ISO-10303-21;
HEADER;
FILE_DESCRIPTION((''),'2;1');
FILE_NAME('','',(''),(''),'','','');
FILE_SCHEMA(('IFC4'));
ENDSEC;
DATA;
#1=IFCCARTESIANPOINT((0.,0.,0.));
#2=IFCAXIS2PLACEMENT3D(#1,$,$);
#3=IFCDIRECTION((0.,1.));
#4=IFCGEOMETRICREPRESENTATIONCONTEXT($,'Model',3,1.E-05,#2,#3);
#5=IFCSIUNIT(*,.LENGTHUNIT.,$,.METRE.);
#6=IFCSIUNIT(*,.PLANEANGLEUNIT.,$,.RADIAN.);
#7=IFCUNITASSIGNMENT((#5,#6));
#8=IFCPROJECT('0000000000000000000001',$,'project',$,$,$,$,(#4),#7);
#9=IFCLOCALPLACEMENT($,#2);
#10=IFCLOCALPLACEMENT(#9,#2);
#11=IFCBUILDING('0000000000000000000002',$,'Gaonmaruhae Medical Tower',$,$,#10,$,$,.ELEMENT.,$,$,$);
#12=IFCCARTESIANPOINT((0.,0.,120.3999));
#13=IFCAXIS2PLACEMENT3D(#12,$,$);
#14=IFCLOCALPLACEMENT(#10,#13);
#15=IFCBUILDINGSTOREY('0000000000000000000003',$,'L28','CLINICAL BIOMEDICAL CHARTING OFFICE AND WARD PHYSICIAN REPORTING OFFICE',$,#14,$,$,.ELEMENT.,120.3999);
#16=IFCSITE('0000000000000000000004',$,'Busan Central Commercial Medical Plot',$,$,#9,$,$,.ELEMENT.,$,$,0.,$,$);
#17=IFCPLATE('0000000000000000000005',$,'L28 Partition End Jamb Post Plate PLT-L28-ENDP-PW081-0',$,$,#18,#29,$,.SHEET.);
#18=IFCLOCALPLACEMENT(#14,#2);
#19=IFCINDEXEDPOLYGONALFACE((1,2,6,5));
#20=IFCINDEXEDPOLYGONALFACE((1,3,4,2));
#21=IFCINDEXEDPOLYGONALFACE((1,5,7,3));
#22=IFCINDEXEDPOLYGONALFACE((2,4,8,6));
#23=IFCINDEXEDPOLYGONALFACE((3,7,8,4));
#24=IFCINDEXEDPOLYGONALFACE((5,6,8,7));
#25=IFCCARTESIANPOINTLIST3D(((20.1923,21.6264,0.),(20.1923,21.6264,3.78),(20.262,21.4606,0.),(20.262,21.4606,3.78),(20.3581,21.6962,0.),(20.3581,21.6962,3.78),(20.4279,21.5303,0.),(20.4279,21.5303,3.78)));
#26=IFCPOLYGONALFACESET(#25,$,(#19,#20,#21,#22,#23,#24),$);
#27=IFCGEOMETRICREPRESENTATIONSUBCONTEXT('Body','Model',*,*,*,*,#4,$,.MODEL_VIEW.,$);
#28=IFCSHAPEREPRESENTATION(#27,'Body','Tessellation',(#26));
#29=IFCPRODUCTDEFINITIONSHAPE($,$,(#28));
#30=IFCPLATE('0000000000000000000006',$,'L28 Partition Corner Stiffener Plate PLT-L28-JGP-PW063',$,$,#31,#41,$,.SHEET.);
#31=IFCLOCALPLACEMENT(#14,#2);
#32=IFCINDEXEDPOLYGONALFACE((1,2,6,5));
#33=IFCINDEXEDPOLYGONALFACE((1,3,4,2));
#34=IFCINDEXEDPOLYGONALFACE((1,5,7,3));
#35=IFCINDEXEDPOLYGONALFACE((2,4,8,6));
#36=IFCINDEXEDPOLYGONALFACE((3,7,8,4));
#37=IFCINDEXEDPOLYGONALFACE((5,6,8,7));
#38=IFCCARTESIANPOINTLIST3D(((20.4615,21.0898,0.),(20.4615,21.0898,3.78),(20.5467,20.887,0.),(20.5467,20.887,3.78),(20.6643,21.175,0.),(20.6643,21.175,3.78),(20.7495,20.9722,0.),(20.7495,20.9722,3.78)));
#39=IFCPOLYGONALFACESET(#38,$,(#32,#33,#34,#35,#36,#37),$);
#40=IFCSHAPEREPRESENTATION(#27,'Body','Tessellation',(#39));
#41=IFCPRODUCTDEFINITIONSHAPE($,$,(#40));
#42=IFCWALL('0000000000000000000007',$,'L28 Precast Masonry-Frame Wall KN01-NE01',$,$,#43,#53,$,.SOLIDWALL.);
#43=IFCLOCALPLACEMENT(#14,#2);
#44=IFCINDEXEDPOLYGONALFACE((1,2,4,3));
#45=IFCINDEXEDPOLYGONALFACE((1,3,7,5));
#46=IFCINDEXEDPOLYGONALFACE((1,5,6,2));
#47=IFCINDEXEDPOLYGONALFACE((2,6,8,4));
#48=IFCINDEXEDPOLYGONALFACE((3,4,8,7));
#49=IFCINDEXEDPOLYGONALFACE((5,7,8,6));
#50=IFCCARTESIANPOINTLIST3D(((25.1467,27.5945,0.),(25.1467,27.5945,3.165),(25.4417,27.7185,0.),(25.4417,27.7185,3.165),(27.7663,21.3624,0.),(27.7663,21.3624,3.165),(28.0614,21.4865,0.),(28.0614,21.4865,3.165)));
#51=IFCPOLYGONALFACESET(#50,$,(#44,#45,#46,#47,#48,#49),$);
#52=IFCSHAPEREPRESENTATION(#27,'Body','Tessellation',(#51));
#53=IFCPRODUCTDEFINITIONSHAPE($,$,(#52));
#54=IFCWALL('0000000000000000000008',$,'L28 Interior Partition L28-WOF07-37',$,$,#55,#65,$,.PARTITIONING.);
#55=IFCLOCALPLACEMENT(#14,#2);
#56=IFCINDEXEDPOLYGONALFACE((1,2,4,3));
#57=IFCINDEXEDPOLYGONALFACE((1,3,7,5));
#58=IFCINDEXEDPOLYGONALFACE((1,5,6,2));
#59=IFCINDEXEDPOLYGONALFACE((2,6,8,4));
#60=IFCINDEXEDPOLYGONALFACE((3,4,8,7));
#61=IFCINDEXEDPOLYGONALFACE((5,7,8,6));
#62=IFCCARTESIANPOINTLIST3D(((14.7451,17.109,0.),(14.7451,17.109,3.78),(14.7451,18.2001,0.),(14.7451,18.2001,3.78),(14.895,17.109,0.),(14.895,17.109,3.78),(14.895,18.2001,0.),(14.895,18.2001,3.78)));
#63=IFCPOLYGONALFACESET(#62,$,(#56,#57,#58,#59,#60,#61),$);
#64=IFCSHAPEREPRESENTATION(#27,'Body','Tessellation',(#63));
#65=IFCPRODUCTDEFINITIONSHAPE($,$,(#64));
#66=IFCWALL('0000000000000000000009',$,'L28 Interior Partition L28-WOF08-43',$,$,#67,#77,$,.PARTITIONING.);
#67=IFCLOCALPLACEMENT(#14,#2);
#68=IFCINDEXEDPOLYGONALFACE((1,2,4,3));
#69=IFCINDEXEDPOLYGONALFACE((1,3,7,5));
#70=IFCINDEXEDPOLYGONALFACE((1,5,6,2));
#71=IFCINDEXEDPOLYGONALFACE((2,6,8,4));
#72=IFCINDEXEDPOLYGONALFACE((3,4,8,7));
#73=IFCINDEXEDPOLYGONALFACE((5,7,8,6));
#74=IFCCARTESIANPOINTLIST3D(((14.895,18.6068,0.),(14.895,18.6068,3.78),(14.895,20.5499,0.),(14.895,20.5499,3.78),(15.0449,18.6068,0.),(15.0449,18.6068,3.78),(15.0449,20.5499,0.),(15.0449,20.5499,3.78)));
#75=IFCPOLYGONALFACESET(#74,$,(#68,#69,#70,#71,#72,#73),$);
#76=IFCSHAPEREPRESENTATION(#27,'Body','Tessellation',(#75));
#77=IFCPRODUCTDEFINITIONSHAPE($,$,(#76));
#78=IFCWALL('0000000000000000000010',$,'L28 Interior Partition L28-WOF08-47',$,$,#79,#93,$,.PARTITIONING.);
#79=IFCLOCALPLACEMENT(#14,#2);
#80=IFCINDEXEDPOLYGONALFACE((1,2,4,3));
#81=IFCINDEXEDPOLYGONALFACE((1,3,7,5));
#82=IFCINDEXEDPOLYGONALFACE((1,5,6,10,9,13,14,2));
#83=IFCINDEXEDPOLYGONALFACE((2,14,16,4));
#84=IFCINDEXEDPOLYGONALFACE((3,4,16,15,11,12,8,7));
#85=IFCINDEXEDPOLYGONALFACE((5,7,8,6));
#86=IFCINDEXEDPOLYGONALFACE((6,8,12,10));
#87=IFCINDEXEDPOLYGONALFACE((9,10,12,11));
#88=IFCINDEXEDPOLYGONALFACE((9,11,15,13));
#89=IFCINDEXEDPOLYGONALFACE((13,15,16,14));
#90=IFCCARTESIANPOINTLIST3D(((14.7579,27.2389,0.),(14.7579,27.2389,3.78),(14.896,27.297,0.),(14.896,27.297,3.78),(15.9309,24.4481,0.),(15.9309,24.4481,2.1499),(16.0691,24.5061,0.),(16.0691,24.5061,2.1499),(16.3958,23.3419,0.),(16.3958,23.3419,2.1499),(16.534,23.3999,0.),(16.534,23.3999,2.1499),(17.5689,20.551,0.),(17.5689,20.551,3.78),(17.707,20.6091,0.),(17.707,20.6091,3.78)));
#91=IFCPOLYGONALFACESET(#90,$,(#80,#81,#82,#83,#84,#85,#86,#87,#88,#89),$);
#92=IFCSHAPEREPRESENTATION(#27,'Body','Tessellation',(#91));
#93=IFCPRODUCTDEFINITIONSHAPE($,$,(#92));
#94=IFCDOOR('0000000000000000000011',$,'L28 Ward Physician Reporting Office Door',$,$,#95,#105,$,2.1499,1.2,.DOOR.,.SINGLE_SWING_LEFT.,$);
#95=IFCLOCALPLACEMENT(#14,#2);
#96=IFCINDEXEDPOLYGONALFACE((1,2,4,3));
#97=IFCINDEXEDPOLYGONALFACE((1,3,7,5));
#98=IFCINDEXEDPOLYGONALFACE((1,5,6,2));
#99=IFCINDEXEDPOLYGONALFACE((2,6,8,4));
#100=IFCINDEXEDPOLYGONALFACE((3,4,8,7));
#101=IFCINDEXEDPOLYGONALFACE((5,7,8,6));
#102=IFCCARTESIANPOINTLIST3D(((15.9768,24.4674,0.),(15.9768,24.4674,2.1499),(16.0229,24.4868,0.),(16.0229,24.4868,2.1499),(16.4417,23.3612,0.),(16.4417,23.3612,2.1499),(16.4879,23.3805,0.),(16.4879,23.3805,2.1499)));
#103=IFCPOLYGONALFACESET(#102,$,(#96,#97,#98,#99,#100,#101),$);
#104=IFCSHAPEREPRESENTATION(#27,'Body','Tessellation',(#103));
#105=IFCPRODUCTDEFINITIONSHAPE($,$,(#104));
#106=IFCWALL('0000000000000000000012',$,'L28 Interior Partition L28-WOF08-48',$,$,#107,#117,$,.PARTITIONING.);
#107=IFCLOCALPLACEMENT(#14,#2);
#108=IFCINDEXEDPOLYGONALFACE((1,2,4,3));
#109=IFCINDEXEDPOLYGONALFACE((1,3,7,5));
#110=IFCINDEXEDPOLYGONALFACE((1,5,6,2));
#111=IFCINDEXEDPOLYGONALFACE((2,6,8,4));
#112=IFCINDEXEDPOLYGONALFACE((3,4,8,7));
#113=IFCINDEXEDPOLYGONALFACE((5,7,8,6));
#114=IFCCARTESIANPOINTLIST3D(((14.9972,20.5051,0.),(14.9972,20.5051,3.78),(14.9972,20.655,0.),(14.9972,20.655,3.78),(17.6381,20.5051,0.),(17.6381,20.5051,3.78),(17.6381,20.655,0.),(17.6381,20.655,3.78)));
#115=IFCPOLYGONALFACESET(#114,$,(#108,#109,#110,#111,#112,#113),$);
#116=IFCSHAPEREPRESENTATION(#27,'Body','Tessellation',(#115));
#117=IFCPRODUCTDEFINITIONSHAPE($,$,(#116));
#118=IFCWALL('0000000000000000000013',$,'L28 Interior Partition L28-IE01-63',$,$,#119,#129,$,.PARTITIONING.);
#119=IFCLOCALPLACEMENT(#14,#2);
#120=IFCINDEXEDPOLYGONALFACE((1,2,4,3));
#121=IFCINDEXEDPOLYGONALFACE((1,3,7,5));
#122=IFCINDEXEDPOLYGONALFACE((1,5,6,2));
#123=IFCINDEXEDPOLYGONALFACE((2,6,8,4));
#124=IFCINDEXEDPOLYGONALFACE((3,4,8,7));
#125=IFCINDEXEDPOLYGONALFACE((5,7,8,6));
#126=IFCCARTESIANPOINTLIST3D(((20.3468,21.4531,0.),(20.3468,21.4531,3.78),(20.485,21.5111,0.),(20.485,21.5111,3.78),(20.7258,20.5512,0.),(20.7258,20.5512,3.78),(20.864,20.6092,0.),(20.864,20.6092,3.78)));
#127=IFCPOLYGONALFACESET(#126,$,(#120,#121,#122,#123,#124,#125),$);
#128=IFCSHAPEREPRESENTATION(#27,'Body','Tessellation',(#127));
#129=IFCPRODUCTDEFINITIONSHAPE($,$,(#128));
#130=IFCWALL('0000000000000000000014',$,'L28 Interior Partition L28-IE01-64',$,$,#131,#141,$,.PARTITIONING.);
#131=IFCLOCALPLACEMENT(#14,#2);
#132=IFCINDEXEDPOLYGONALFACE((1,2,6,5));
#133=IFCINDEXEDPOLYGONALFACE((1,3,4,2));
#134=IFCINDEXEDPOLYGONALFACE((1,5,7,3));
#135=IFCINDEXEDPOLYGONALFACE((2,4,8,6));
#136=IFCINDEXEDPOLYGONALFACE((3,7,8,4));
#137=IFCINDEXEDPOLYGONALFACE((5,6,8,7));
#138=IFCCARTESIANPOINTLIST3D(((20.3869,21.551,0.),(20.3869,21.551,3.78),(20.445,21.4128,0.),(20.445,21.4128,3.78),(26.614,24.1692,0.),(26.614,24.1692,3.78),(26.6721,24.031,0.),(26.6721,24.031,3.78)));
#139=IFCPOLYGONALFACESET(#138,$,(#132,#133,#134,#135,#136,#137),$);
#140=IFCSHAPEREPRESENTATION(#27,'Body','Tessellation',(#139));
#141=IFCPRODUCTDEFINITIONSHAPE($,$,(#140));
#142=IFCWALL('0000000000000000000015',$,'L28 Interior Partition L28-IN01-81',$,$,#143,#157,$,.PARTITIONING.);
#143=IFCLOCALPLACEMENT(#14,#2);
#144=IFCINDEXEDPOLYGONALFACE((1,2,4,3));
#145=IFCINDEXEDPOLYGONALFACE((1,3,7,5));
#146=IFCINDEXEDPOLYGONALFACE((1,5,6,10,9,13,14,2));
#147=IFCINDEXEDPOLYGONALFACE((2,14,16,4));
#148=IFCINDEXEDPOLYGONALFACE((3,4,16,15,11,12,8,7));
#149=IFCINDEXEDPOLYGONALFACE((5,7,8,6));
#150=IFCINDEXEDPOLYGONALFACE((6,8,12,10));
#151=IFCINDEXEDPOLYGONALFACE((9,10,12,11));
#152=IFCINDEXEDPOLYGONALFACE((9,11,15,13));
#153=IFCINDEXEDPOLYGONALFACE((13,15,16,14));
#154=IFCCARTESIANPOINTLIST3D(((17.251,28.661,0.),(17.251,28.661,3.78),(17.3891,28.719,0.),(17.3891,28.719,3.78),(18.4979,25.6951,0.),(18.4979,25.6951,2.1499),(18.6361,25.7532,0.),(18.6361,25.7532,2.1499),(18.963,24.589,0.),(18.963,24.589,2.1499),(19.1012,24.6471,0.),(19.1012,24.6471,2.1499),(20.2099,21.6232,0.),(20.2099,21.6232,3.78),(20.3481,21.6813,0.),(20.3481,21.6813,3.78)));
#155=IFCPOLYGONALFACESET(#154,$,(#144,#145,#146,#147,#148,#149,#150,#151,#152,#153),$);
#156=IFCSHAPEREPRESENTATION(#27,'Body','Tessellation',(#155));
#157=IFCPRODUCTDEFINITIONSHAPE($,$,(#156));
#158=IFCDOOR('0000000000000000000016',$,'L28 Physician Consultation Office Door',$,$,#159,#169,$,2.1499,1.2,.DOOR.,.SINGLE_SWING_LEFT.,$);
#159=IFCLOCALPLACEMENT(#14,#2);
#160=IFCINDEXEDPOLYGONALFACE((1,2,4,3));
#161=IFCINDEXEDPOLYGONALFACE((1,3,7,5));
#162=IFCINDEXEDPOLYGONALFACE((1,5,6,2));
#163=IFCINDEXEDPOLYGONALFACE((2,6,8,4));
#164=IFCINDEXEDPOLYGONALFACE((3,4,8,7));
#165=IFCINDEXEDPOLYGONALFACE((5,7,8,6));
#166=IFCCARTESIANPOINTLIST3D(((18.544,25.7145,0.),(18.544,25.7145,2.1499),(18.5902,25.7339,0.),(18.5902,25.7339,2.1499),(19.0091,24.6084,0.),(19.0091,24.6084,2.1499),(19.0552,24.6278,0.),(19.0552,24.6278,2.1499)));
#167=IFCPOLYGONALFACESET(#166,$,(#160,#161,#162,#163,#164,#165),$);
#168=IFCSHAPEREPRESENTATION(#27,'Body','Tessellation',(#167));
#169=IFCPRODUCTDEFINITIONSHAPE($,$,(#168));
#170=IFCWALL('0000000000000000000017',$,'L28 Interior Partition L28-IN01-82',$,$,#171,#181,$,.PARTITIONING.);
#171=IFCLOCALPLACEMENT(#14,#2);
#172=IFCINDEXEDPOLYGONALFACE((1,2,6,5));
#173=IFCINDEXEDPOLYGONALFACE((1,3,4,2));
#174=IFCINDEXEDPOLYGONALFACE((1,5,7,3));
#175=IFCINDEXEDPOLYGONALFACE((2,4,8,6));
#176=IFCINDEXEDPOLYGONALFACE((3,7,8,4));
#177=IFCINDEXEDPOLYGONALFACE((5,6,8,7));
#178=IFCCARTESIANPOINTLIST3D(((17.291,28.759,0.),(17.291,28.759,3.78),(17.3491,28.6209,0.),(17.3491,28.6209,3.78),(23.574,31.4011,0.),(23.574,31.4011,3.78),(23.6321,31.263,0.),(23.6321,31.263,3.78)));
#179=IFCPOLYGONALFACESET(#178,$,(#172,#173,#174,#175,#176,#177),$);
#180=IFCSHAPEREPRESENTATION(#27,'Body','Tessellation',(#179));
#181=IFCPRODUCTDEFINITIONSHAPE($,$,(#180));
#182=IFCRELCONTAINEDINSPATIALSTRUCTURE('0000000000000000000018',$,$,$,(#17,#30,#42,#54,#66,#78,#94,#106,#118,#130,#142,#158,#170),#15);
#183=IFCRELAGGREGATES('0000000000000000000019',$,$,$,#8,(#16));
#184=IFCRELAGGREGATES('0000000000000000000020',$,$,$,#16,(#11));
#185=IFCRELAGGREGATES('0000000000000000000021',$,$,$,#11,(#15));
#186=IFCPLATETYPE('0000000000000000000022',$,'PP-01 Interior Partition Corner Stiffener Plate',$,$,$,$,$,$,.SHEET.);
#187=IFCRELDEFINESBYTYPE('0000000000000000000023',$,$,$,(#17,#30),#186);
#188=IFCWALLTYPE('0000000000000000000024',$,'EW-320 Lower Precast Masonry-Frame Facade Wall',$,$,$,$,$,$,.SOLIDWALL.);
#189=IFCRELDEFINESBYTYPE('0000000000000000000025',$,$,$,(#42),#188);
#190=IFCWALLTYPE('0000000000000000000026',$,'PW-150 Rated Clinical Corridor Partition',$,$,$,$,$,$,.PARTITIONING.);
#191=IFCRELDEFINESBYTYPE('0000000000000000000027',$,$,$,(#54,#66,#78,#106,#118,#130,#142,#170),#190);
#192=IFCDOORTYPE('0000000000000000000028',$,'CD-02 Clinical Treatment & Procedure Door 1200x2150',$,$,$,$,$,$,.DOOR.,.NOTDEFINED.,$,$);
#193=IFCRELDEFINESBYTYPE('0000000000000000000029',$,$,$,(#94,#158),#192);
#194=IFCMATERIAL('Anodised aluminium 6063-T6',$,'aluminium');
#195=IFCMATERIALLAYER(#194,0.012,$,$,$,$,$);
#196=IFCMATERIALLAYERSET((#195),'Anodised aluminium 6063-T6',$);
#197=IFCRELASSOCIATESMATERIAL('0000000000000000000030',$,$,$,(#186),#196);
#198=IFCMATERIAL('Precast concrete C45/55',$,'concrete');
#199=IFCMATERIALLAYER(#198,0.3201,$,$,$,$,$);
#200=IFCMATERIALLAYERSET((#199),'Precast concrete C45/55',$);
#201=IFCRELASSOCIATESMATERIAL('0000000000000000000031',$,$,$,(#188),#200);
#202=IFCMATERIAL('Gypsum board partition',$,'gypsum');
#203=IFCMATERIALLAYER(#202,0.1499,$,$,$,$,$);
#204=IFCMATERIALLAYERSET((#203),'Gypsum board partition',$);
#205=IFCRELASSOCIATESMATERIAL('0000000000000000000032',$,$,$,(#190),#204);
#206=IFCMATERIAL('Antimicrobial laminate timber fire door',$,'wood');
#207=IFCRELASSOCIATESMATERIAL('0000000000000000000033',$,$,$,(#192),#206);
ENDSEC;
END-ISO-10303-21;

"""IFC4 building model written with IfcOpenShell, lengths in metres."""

from ifc_helpers import new_model, si_unit, direction, frame, frame_2d, origin, origin_2d, place, context, subcontext, project, spatial, rectangle, extrude, material, layer, layer_set, type_object, element, fill, save


model = new_model("IFC4")

# Units and contexts
model_context = context("Model", 3, precision=1e-05, world=origin(), true_north=direction((0.0, 1.0)))
body_context = subcontext(model_context, "Body", "Model", "MODEL_VIEW")
ifc_project = project(units=[si_unit("LENGTHUNIT", "METRE"), si_unit("PLANEANGLEUNIT", "RADIAN")], contexts=[model_context])

# Site, building, storey
site_placement = place(None, origin())
site = spatial("IfcSite", under=ifc_project, at=site_placement, Name="Busan Central Commercial Medical Plot", CompositionType="ELEMENT", RefElevation=0.0)
building_placement = place(site_placement, origin())
building = spatial("IfcBuilding", under=site, at=building_placement, Name="Gaonmaruhae Medical Tower", CompositionType="ELEMENT")
storey_placement = place(building_placement, frame((0.0, 0.0, 120.3999)))
storey = spatial("IfcBuildingStorey", under=building, at=storey_placement, Name="L28", Description="CLINICAL BIOMEDICAL CHARTING OFFICE AND WARD PHYSICIAN REPORTING OFFICE", CompositionType="ELEMENT", Elevation=120.3999)

# Plates
ifc_material_1 = material(Name="Anodised aluminium 6063-T6", Category="aluminium")
ifc_layer_1 = layer(ifc_material_1, 0.012)
ifc_layer_set_1 = layer_set([ifc_layer_1], Name="Anodised aluminium 6063-T6")
plate_type = type_object("IfcPlateType", Name="PP-01 Interior Partition Corner Stiffener Plate", PredefinedType="SHEET", material=ifc_layer_set_1)
plate_1_placement = place(storey_placement, frame((20.3101, 21.5784, 0.0), z_axis=(0.0, 0.0, 1.0), x_axis=(-0.387564, 0.921843, 0.0)))
element("IfcPlate", 1, at=plate_1_placement, inside=storey, type_object=plate_type, Name="L28 Partition End Jamb Post Plate PLT-L28-ENDP-PW081-0", PredefinedType="SHEET", context=body_context, shape_type="SweptSolid", body=[
    extrude(rectangle(XDim=0.1799, YDim=0.1799, at=origin_2d()), origin(), (0.0, 0.0, 1.0), 3.78),
])
plate_2_placement = place(storey_placement, frame((20.6055, 21.031, 0.0), z_axis=(0.0, 0.0, 1.0), x_axis=(-0.387371, 0.921924, 0.0)))
element("IfcPlate", 2, at=plate_2_placement, inside=storey, type_object=plate_type, Name="L28 Partition Corner Stiffener Plate PLT-L28-JGP-PW063", PredefinedType="SHEET", context=body_context, shape_type="SweptSolid", body=[
    extrude(rectangle(XDim=0.22, YDim=0.22, at=origin_2d()), origin(), (0.0, 0.0, 1.0), 3.78),
])

# Walls
ifc_material_2 = material(Name="Precast concrete C45/55", Category="concrete")
ifc_layer_2 = layer(ifc_material_2, 0.3201)
ifc_layer_set_2 = layer_set([ifc_layer_2], Name="Precast concrete C45/55")
wall_type_1 = type_object("IfcWallType", Name="EW-320 Lower Precast Masonry-Frame Facade Wall", PredefinedType="SOLIDWALL", material=ifc_layer_set_2)
wall_1_placement = place(storey_placement, frame((25.2942, 27.6565, 0.0), z_axis=(0.0, 0.0, 1.0), x_axis=(0.387511, -0.921865, 0.0)))
element("IfcWall", 3, at=wall_1_placement, inside=storey, type_object=wall_type_1, Name="L28 Precast Masonry-Frame Wall KN01-NE01", PredefinedType="SOLIDWALL", context=body_context, shape_type="SweptSolid", body=[
    extrude(rectangle(XDim=6.7603, YDim=0.3201, at=frame_2d((3.3801, 0.0))), origin(), (0.0, 0.0, 1.0), 3.165),
])
ifc_material_3 = material(Name="Gypsum board partition", Category="gypsum")
ifc_layer_3 = layer(ifc_material_3, 0.1499)
ifc_layer_set_3 = layer_set([ifc_layer_3], Name="Gypsum board partition")
wall_type_2 = type_object("IfcWallType", Name="PW-150 Rated Clinical Corridor Partition", PredefinedType="PARTITIONING", material=ifc_layer_set_3)
wall_2_placement = place(storey_placement, frame((14.8201, 18.2, 0.0), z_axis=(0.0, 0.0, 1.0), x_axis=(0.0, -1.0, 0.0)))
element("IfcWall", 4, at=wall_2_placement, inside=storey, type_object=wall_type_2, Name="L28 Interior Partition L28-WOF07-37", PredefinedType="PARTITIONING", context=body_context, shape_type="SweptSolid", body=[
    extrude(rectangle(XDim=1.0911, YDim=0.1499, at=frame_2d((0.5454, 0.0))), origin(), (0.0, 0.0, 1.0), 3.78),
])
wall_3_placement = place(storey_placement, frame((14.97, 20.55, 0.0), z_axis=(0.0, 0.0, 1.0), x_axis=(0.0, -1.0, 0.0)))
element("IfcWall", 5, at=wall_3_placement, inside=storey, type_object=wall_type_2, Name="L28 Interior Partition L28-WOF08-43", PredefinedType="PARTITIONING", context=body_context, shape_type="SweptSolid", body=[
    extrude(rectangle(XDim=1.9431, YDim=0.1499, at=frame_2d((0.9717, 0.0))), origin(), (0.0, 0.0, 1.0), 3.78),
])

# Wall, opening, door
wall_4_placement = place(storey_placement, frame((14.8269, 27.2681, 0.0), z_axis=(0.0, 0.0, 1.0), x_axis=(0.387476, -0.92188, 0.0)))
wall_4 = element("IfcWall", 6, at=wall_4_placement, inside=storey, type_object=wall_type_2, Name="L28 Interior Partition L28-WOF08-47", PredefinedType="PARTITIONING", context=body_context, shape_type="SweptSolid", body=[
    extrude(rectangle(XDim=7.2546, YDim=0.1499, at=frame_2d((3.6274, 0.0))), origin(), (0.0, 0.0, 1.0), 3.78),
])
opening_1_placement = place(wall_4_placement, frame((3.0273, 0.0, 0.0)))
opening_1 = element("IfcOpeningElement", 7, at=opening_1_placement, cuts=wall_4, PredefinedType="OPENING", context=body_context, shape_type="SweptSolid", body=[
    extrude(rectangle(XDim=1.2, YDim=2.1499, at=frame_2d((0.6001, 1.075))), frame((0.0, 0.085, 0.0), z_axis=(0.0, -1.0, 0.0), x_axis=(1.0, 0.0, 0.0)), (0.0, 0.0, 1.0), 0.1699),
])
ifc_material_4 = material(Name="Antimicrobial laminate timber fire door", Category="wood")
door_type_1 = type_object("IfcDoorType", Name="CD-02 Clinical Treatment & Procedure Door 1200x2150", OperationType="NOTDEFINED", PredefinedType="DOOR", material=ifc_material_4)
door_1_placement = place(opening_1_placement, origin())
door_1 = element("IfcDoor", 8, at=door_1_placement, inside=storey, type_object=door_type_1, Name="L28 Ward Physician Reporting Office Door", OperationType="SINGLE_SWING_LEFT", OverallHeight=2.1499, OverallWidth=1.2, PredefinedType="DOOR", context=body_context, shape_type="SweptSolid", body=[
    extrude(rectangle(XDim=1.2, YDim=2.1499, at=frame_2d((0.6001, 1.075))), frame((0.0, 0.0249, 0.0), z_axis=(0.0, -1.0, 0.0), x_axis=(1.0, 0.0, 0.0)), (0.0, 0.0, 1.0), 0.05),
])
fill(opening_1, door_1)

# Walls
wall_5_placement = place(storey_placement, frame((17.6379, 20.5801, 0.0), z_axis=(0.0, 0.0, 1.0), x_axis=(-1.0, 0.0, 0.0)))
element("IfcWall", 9, at=wall_5_placement, inside=storey, type_object=wall_type_2, Name="L28 Interior Partition L28-WOF08-48", PredefinedType="PARTITIONING", context=body_context, shape_type="SweptSolid", body=[
    extrude(rectangle(XDim=2.6409, YDim=0.1499, at=frame_2d((1.3203, 0.0))), origin(), (0.0, 0.0, 1.0), 3.78),
])
wall_6_placement = place(storey_placement, frame((20.7949, 20.5801, 0.0), z_axis=(0.0, 0.0, 1.0), x_axis=(-0.387343, 0.921936, 0.0)))
element("IfcWall", 10, at=wall_6_placement, inside=storey, type_object=wall_type_2, Name="L28 Interior Partition L28-IE01-63", PredefinedType="PARTITIONING", context=body_context, shape_type="SweptSolid", body=[
    extrude(rectangle(XDim=0.9783, YDim=0.1499, at=frame_2d((0.4893, 0.0))), origin(), (0.0, 0.0, 1.0), 3.78),
])
wall_7_placement = place(storey_placement, frame((20.416, 21.4819, 0.0), z_axis=(0.0, 0.0, 1.0), x_axis=(0.921834, 0.387585, 0.0)))
element("IfcWall", 11, at=wall_7_placement, inside=storey, type_object=wall_type_2, Name="L28 Interior Partition L28-IE01-64", PredefinedType="PARTITIONING", context=body_context, shape_type="SweptSolid", body=[
    extrude(rectangle(XDim=6.7551, YDim=0.1499, at=frame_2d((3.3774, 0.0))), origin(), (0.0, 0.0, 1.0), 3.78),
])

# Wall, opening, door
wall_8_placement = place(storey_placement, frame((20.2791, 21.6521, 0.0), z_axis=(0.0, 0.0, 1.0), x_axis=(-0.387577, 0.921838, 0.0)))
wall_8 = element("IfcWall", 12, at=wall_8_placement, inside=storey, type_object=wall_type_2, Name="L28 Interior Partition L28-IN01-81", PredefinedType="PARTITIONING", context=body_context, shape_type="SweptSolid", body=[
    extrude(rectangle(XDim=7.6345, YDim=0.1499, at=frame_2d((3.8174, 0.0))), origin(), (0.0, 0.0, 1.0), 3.78),
])
opening_2_placement = place(wall_8_placement, frame((3.2173, 0.0, 0.0)))
opening_2 = element("IfcOpeningElement", 13, at=opening_2_placement, cuts=wall_8, PredefinedType="OPENING", context=body_context, shape_type="SweptSolid", body=[
    extrude(rectangle(XDim=1.2, YDim=2.1499, at=frame_2d((0.6001, 1.075))), frame((0.0, 0.085, 0.0), z_axis=(0.0, -1.0, 0.0), x_axis=(1.0, 0.0, 0.0)), (0.0, 0.0, 1.0), 0.1699),
])
door_2_placement = place(opening_2_placement, origin())
door_2 = element("IfcDoor", 14, at=door_2_placement, inside=storey, type_object=door_type_1, Name="L28 Physician Consultation Office Door", OperationType="SINGLE_SWING_LEFT", OverallHeight=2.1499, OverallWidth=1.2, PredefinedType="DOOR", context=body_context, shape_type="SweptSolid", body=[
    extrude(rectangle(XDim=1.2, YDim=2.1499, at=frame_2d((0.6001, 1.075))), frame((0.0, 0.0249, 0.0), z_axis=(0.0, -1.0, 0.0), x_axis=(1.0, 0.0, 0.0)), (0.0, 0.0, 1.0), 0.05),
])
fill(opening_2, door_2)

# Wall
wall_9_placement = place(storey_placement, frame((17.3201, 28.6899, 0.0), z_axis=(0.0, 0.0, 1.0), x_axis=(0.921812, 0.387637, 0.0)))
element("IfcWall", 15, at=wall_9_placement, inside=storey, type_object=wall_type_2, Name="L28 Interior Partition L28-IN01-82", PredefinedType="PARTITIONING", context=body_context, shape_type="SweptSolid", body=[
    extrude(rectangle(XDim=6.8159, YDim=0.1499, at=frame_2d((3.408, 0.0))), origin(), (0.0, 0.0, 1.0), 3.78),
])

save(model, "model.ifc")
